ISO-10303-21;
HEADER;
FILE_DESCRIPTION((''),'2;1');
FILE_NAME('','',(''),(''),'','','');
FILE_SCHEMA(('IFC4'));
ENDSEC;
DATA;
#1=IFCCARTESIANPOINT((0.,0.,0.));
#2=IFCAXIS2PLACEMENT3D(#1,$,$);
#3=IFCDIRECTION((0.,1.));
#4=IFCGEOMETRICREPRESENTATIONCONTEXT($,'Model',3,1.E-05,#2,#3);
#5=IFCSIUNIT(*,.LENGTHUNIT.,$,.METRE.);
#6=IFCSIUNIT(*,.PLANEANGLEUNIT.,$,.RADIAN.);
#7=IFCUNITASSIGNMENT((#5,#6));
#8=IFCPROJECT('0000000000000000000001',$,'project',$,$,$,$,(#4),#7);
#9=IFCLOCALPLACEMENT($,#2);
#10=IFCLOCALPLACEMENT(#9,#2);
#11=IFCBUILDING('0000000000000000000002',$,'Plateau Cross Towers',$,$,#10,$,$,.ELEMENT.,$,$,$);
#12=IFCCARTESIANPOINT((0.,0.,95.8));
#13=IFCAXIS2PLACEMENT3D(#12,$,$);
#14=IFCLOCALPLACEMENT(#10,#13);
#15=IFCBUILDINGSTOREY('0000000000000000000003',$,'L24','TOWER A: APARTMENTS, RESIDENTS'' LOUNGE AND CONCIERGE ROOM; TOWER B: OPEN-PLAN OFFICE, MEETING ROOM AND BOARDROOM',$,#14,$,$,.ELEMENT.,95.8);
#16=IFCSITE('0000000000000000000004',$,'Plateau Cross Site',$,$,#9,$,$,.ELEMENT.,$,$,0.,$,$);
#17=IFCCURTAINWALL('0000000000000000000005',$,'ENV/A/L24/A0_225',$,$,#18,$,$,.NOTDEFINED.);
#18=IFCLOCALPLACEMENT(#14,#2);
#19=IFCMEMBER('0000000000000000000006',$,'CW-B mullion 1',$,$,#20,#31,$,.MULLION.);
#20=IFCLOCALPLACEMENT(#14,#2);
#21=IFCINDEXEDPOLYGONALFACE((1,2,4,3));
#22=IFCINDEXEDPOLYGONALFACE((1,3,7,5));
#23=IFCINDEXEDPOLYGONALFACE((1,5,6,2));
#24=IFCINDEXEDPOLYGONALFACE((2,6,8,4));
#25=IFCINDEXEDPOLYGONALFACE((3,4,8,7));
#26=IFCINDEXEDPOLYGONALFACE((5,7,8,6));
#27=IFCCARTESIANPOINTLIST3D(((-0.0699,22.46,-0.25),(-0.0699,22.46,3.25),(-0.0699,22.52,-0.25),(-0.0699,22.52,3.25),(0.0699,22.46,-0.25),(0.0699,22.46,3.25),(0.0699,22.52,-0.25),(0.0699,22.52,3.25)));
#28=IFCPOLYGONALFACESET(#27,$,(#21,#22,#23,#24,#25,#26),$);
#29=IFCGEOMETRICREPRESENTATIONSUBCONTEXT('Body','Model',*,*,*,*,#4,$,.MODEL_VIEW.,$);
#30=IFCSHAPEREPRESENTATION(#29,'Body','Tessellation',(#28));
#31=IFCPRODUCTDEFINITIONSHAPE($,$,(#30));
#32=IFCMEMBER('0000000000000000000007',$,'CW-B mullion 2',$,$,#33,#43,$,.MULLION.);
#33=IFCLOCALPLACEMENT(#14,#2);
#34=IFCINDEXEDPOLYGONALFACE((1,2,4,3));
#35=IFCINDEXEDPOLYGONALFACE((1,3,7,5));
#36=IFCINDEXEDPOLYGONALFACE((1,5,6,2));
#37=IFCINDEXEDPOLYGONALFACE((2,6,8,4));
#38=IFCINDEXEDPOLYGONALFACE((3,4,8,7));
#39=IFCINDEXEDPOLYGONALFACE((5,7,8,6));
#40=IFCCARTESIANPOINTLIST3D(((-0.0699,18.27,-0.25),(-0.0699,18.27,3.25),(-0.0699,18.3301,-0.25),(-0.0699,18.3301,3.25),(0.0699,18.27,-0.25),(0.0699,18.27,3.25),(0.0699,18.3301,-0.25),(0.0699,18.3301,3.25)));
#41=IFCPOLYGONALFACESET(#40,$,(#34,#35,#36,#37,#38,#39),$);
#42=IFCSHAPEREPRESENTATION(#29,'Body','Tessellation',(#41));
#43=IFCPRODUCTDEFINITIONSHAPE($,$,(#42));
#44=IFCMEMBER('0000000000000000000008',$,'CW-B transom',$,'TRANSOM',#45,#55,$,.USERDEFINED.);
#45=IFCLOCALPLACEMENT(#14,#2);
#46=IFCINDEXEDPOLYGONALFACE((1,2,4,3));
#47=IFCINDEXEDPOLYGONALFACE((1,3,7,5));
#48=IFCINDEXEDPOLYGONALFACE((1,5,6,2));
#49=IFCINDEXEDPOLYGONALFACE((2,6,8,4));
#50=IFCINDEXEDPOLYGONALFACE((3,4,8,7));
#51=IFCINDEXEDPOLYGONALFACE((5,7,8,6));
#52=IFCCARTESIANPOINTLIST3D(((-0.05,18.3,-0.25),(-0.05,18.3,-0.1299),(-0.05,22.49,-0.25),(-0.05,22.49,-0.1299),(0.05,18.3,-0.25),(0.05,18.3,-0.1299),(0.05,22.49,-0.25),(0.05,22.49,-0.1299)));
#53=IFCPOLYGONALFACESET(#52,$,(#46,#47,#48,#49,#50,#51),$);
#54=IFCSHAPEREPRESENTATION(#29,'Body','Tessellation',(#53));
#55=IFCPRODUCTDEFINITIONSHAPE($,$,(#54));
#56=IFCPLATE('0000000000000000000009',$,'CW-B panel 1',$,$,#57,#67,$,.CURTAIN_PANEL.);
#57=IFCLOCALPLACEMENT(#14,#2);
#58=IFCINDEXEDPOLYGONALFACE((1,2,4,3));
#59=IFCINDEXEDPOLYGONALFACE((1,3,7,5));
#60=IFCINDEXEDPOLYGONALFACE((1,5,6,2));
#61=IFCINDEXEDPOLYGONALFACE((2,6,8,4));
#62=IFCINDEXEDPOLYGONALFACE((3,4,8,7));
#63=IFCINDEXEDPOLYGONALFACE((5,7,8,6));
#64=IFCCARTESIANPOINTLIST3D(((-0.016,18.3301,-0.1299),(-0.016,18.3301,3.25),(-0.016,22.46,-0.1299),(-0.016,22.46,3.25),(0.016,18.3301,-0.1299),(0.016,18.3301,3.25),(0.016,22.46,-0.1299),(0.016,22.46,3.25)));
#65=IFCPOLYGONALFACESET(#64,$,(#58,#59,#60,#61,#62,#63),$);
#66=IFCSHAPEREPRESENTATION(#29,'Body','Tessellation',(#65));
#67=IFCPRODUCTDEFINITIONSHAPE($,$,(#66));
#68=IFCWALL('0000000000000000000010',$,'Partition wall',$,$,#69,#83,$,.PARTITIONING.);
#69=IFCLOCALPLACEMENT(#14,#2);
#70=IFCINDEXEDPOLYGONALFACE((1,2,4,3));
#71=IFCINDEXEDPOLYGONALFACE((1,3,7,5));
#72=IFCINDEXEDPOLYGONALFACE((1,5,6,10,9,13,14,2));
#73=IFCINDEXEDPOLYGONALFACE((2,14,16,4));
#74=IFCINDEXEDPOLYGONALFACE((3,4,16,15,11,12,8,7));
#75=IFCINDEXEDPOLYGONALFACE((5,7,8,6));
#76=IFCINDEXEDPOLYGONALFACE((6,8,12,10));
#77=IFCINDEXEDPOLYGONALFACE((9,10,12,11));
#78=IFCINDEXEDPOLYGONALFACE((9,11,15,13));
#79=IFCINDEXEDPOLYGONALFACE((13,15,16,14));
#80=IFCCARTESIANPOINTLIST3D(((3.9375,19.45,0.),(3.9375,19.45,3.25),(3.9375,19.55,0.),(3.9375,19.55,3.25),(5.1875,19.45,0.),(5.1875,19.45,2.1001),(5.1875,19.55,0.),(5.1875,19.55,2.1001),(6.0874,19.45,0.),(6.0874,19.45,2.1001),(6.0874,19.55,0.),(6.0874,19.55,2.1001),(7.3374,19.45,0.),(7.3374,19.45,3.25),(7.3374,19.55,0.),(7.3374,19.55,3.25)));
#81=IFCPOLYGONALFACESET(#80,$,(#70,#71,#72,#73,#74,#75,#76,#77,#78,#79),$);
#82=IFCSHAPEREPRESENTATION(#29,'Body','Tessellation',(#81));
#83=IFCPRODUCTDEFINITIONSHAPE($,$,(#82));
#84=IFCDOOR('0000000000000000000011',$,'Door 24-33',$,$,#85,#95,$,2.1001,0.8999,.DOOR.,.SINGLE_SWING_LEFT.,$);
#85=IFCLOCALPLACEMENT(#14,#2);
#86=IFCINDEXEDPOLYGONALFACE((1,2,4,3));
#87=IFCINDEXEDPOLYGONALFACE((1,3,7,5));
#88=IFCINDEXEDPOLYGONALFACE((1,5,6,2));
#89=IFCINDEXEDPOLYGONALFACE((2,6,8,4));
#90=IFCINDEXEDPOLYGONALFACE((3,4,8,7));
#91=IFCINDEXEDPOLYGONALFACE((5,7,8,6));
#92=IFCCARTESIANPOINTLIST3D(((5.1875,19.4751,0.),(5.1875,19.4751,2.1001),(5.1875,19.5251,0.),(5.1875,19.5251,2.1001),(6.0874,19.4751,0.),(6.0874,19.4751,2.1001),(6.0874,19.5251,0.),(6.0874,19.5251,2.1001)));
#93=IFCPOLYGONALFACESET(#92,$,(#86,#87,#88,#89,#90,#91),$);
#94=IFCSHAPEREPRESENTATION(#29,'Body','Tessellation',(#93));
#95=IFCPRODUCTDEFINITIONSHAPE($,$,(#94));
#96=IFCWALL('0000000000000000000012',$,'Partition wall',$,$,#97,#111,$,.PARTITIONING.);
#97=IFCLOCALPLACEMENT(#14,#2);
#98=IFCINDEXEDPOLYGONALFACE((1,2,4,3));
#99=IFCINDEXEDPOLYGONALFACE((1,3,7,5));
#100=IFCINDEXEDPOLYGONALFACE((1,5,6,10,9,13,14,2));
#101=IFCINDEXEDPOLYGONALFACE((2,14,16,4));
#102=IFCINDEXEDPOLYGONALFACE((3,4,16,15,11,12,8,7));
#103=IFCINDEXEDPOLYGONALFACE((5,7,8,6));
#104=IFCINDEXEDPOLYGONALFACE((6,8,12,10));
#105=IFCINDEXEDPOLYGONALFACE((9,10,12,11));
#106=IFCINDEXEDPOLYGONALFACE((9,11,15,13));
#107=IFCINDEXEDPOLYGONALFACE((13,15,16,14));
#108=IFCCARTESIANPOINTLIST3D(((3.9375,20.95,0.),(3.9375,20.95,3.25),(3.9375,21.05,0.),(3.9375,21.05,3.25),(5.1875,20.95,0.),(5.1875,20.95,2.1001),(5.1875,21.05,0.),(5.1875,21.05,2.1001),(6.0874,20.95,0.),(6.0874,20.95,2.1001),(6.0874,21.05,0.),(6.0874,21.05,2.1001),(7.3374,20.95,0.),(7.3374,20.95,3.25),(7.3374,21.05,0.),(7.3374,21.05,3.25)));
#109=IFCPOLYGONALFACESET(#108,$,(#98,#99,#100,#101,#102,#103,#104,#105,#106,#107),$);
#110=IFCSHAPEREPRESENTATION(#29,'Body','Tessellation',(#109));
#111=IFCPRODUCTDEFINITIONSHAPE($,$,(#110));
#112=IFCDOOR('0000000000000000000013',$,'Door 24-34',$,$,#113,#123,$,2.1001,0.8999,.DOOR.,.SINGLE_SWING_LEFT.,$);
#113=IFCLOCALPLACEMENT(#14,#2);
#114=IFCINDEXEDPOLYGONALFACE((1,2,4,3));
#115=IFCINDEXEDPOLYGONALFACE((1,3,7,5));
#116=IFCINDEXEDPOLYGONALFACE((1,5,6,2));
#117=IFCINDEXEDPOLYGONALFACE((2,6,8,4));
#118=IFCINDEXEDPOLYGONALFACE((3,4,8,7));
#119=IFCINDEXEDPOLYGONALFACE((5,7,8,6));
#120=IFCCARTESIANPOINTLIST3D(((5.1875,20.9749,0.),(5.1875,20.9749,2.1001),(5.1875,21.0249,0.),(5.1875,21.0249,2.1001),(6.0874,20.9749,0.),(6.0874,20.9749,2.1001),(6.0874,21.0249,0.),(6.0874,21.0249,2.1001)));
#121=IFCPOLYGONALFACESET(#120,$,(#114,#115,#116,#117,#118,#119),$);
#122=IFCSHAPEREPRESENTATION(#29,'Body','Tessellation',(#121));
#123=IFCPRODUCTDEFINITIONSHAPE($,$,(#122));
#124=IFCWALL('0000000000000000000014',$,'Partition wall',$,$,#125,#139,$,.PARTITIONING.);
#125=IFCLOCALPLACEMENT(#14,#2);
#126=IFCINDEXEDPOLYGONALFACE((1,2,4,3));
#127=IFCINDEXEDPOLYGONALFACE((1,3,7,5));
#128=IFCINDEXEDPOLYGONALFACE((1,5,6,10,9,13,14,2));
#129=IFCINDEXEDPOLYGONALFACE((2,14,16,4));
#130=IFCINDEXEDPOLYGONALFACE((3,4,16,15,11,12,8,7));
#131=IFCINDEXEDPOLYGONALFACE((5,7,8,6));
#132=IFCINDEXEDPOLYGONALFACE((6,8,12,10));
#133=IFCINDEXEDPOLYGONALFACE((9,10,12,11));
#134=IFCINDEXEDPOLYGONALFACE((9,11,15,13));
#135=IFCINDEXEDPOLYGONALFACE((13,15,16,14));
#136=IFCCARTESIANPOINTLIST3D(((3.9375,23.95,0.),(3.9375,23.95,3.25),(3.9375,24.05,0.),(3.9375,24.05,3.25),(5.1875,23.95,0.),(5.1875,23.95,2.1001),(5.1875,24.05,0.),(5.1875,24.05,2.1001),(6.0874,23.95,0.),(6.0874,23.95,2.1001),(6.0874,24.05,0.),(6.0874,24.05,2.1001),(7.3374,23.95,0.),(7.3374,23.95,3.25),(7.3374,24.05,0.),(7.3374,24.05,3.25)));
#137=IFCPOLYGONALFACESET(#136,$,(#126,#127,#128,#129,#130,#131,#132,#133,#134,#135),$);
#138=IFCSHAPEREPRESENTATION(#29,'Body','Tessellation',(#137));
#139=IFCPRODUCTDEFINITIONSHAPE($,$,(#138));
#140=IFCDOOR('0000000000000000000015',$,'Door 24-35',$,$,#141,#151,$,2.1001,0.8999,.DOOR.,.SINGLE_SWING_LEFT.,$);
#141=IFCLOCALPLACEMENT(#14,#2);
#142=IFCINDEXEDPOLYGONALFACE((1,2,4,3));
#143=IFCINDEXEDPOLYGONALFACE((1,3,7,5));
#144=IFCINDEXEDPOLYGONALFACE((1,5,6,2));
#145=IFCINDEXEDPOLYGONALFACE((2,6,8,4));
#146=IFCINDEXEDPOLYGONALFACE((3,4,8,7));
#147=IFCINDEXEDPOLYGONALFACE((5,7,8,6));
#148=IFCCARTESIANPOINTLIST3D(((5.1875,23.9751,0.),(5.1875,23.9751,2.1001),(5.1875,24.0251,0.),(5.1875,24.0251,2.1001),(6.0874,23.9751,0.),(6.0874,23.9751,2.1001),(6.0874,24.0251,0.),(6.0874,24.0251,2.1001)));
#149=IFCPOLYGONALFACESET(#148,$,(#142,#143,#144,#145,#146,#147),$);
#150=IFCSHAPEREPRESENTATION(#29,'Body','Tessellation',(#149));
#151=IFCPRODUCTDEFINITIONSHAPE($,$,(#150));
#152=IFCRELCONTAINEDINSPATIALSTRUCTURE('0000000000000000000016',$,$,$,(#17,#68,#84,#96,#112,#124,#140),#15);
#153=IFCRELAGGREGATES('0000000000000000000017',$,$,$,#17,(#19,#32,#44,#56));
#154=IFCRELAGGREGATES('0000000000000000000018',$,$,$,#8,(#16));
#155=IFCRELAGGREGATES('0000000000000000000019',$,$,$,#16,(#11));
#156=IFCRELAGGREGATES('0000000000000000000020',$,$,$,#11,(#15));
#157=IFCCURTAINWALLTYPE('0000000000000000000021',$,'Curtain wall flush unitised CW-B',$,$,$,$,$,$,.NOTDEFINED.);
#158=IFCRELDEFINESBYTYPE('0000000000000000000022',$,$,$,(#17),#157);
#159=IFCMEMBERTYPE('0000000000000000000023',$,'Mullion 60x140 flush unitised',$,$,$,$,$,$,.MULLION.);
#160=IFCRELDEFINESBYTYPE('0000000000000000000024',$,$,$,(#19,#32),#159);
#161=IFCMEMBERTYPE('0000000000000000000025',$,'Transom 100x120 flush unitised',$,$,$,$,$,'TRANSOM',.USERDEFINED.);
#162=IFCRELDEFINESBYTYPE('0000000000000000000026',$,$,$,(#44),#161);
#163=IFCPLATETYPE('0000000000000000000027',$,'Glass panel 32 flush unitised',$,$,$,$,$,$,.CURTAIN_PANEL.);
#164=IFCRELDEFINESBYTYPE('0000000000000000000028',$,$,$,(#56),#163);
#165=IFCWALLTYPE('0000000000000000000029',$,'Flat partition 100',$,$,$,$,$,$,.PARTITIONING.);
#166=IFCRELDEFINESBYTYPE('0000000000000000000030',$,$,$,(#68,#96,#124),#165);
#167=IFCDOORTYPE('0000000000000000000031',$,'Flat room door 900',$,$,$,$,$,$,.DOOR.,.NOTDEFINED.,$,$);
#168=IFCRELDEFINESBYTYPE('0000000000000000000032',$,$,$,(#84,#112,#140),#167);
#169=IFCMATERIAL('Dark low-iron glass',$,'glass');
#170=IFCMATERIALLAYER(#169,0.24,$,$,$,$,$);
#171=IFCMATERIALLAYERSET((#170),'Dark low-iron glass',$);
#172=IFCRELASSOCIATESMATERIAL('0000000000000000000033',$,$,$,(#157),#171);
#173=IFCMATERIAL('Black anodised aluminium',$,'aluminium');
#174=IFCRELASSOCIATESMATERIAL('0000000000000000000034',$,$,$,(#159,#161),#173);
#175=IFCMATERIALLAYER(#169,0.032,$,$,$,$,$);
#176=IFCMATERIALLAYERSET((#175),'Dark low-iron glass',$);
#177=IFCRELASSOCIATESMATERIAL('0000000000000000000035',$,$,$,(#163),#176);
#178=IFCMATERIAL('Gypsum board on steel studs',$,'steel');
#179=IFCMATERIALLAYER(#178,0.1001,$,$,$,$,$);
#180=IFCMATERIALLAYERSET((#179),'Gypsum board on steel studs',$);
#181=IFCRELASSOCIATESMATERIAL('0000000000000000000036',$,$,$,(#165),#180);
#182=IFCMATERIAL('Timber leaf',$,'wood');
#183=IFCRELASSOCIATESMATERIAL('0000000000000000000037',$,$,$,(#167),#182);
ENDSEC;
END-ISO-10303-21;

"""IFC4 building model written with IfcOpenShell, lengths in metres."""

from ifc_helpers import new_model, si_unit, direction, frame, frame_2d, origin, origin_2d, place, context, subcontext, project, spatial, rectangle, extrude, material, layer, layer_set, material_profile, profile_set, type_object, element, fill, aggregate, save


model = new_model("IFC4")

# Units and contexts
model_context = context("Model", 3, precision=1e-05, world=origin(), true_north=direction((0.0, 1.0)))
body_context = subcontext(model_context, "Body", "Model", "MODEL_VIEW")
ifc_project = project(units=[si_unit("LENGTHUNIT", "METRE"), si_unit("PLANEANGLEUNIT", "RADIAN")], contexts=[model_context])

# Site, building, storey
site_placement = place(None, origin())
site = spatial("IfcSite", under=ifc_project, at=site_placement, Name="Plateau Cross Site", CompositionType="ELEMENT", RefElevation=0.0)
building_placement = place(site_placement, origin())
building = spatial("IfcBuilding", under=site, at=building_placement, Name="Plateau Cross Towers", CompositionType="ELEMENT")
storey_placement = place(building_placement, frame((0.0, 0.0, 95.8)))
storey = spatial("IfcBuildingStorey", under=building, at=storey_placement, Name="L24", Description="TOWER A: APARTMENTS, RESIDENTS' LOUNGE AND CONCIERGE ROOM; TOWER B: OPEN-PLAN OFFICE, MEETING ROOM AND BOARDROOM", CompositionType="ELEMENT", Elevation=95.8)

# Curtain wall, members, plate
ifc_material_1 = material(Name="Dark low-iron glass", Category="glass")
ifc_layer_1 = layer(ifc_material_1, 0.24)
ifc_layer_set_1 = layer_set([ifc_layer_1], Name="Dark low-iron glass")
curtain_wall_type = type_object("IfcCurtainWallType", Name="Curtain wall flush unitised CW-B", PredefinedType="NOTDEFINED", material=ifc_layer_set_1)
curtain_wall_placement = place(storey_placement, origin())
curtain_wall = element("IfcCurtainWall", 1, at=curtain_wall_placement, inside=storey, type_object=curtain_wall_type, Name="ENV/A/L24/A0_225", PredefinedType="NOTDEFINED")
ifc_material_2 = material(Name="Black anodised aluminium", Category="aluminium")
ifc_material_profile_1 = material_profile(ifc_material_2, rectangle(XDim=0.0601, YDim=0.1399, at=origin_2d()), Name="MULLION 60x140")
ifc_profile_set_1 = profile_set([ifc_material_profile_1], Name="Black anodised aluminium")
member_type_1 = type_object("IfcMemberType", Name="Mullion 60x140 flush unitised", PredefinedType="MULLION", material=ifc_profile_set_1)
member_1_placement = place(storey_placement, frame((0.0, 22.49, -0.25), z_axis=(0.0, 0.0, 1.0), x_axis=(0.0, -1.0, 0.0)))
member_1 = element("IfcMember", 2, at=member_1_placement, type_object=member_type_1, Name="CW-B mullion 1", PredefinedType="MULLION", context=body_context, shape_type="SweptSolid", body=[
    extrude(rectangle(XDim=0.0601, YDim=0.1399, at=origin_2d()), origin(), (0.0, 0.0, 1.0), 3.5),
])
member_2_placement = place(storey_placement, frame((0.0, 18.3, -0.25), z_axis=(0.0, 0.0, 1.0), x_axis=(0.0, -1.0, 0.0)))
member_2 = element("IfcMember", 3, at=member_2_placement, type_object=member_type_1, Name="CW-B mullion 2", PredefinedType="MULLION", context=body_context, shape_type="SweptSolid", body=[
    extrude(rectangle(XDim=0.0601, YDim=0.1399, at=origin_2d()), origin(), (0.0, 0.0, 1.0), 3.5),
])
ifc_material_profile_2 = material_profile(ifc_material_2, rectangle(XDim=0.1001, YDim=0.1201, at=origin_2d()), Name="TRANSOM 100x120")
ifc_profile_set_2 = profile_set([ifc_material_profile_2], Name="Black anodised aluminium")
member_type_2 = type_object("IfcMemberType", Name="Transom 100x120 flush unitised", ElementType="TRANSOM", PredefinedType="USERDEFINED", material=ifc_profile_set_2)
member_3_placement = place(storey_placement, frame((0.0, 22.49, -0.1899), z_axis=(0.0, -1.0, 0.0), x_axis=(1.0, 0.0, 0.0)))
member_3 = element("IfcMember", 4, at=member_3_placement, type_object=member_type_2, Name="CW-B transom", ObjectType="TRANSOM", PredefinedType="USERDEFINED", context=body_context, shape_type="SweptSolid", body=[
    extrude(rectangle(XDim=0.1001, YDim=0.1201, at=origin_2d()), origin(), (0.0, 0.0, 1.0), 4.1899),
])
ifc_layer_2 = layer(ifc_material_1, 0.032)
ifc_layer_set_2 = layer_set([ifc_layer_2], Name="Dark low-iron glass")
plate_type = type_object("IfcPlateType", Name="Glass panel 32 flush unitised", PredefinedType="CURTAIN_PANEL", material=ifc_layer_set_2)
plate_placement = place(storey_placement, frame((0.0, 20.395, -0.1299), z_axis=(0.0, 0.0, 1.0), x_axis=(0.0, -1.0, 0.0)))
plate = element("IfcPlate", 5, at=plate_placement, type_object=plate_type, Name="CW-B panel 1", PredefinedType="CURTAIN_PANEL", context=body_context, shape_type="SweptSolid", body=[
    extrude(rectangle(XDim=4.1299, YDim=0.032, at=origin_2d()), origin(), (0.0, 0.0, 1.0), 3.3799),
])
aggregate(curtain_wall, [member_1, member_2, member_3, plate])

# Walls, openings, doors
ifc_material_3 = material(Name="Gypsum board on steel studs", Category="steel")
ifc_layer_3 = layer(ifc_material_3, 0.1001)
ifc_layer_set_3 = layer_set([ifc_layer_3], Name="Gypsum board on steel studs")
wall_type_1 = type_object("IfcWallType", Name="Flat partition 100", PredefinedType="PARTITIONING", material=ifc_layer_set_3)
wall_1_placement = place(storey_placement, frame((7.3374, 19.5, 0.0), z_axis=(0.0, 0.0, 1.0), x_axis=(-1.0, 0.0, 0.0)))
wall_1 = element("IfcWall", 6, at=wall_1_placement, inside=storey, type_object=wall_type_1, Name="Partition wall", PredefinedType="PARTITIONING", context=body_context, shape_type="SweptSolid", body=[
    extrude(rectangle(XDim=3.3999, YDim=0.1001, at=frame_2d((1.7, 0.0))), origin(), (0.0, 0.0, 1.0), 3.25),
])
opening_1_placement = place(wall_1_placement, frame((1.25, 0.0, 0.0)))
opening_1 = element("IfcOpeningElement", 7, at=opening_1_placement, cuts=wall_1, PredefinedType="OPENING", context=body_context, shape_type="SweptSolid", body=[
    extrude(rectangle(XDim=0.8999, YDim=2.1001, at=frame_2d((0.45, 1.05))), frame((0.0, 0.0601, 0.0), z_axis=(0.0, -1.0, 0.0), x_axis=(1.0, 0.0, 0.0)), (0.0, 0.0, 1.0), 0.1201),
])
ifc_material_4 = material(Name="Timber leaf", Category="wood")
door_type_1 = type_object("IfcDoorType", Name="Flat room door 900", OperationType="NOTDEFINED", PredefinedType="DOOR", material=ifc_material_4)
door_1_placement = place(opening_1_placement, origin())
door_1 = element("IfcDoor", 8, at=door_1_placement, inside=storey, type_object=door_type_1, Name="Door 24-33", OperationType="SINGLE_SWING_LEFT", OverallHeight=2.1001, OverallWidth=0.8999, PredefinedType="DOOR", context=body_context, shape_type="SweptSolid", body=[
    extrude(rectangle(XDim=0.8999, YDim=2.1001, at=frame_2d((0.45, 1.05))), frame((0.0, 0.0249, 0.0), z_axis=(0.0, -1.0, 0.0), x_axis=(1.0, 0.0, 0.0)), (0.0, 0.0, 1.0), 0.05),
])
fill(opening_1, door_1)
wall_2_placement = place(storey_placement, frame((3.9375, 21.0, 0.0), z_axis=(0.0, 0.0, 1.0), x_axis=(1.0, 0.0, 0.0)))
wall_2 = element("IfcWall", 9, at=wall_2_placement, inside=storey, type_object=wall_type_1, Name="Partition wall", PredefinedType="PARTITIONING", context=body_context, shape_type="SweptSolid", body=[
    extrude(rectangle(XDim=3.3999, YDim=0.1001, at=frame_2d((1.7, 0.0))), origin(), (0.0, 0.0, 1.0), 3.25),
])
opening_2_placement = place(wall_2_placement, frame((1.25, 0.0, 0.0)))
opening_2 = element("IfcOpeningElement", 10, at=opening_2_placement, cuts=wall_2, PredefinedType="OPENING", context=body_context, shape_type="SweptSolid", body=[
    extrude(rectangle(XDim=0.8999, YDim=2.1001, at=frame_2d((0.45, 1.05))), frame((0.0, 0.0601, 0.0), z_axis=(0.0, -1.0, 0.0), x_axis=(1.0, 0.0, 0.0)), (0.0, 0.0, 1.0), 0.1201),
])
door_2_placement = place(opening_2_placement, origin())
door_2 = element("IfcDoor", 11, at=door_2_placement, inside=storey, type_object=door_type_1, Name="Door 24-34", OperationType="SINGLE_SWING_LEFT", OverallHeight=2.1001, OverallWidth=0.8999, PredefinedType="DOOR", context=body_context, shape_type="SweptSolid", body=[
    extrude(rectangle(XDim=0.8999, YDim=2.1001, at=frame_2d((0.45, 1.05))), frame((0.0, 0.0249, 0.0), z_axis=(0.0, -1.0, 0.0), x_axis=(1.0, 0.0, 0.0)), (0.0, 0.0, 1.0), 0.05),
])
fill(opening_2, door_2)
wall_3_placement = place(storey_placement, frame((7.3374, 24.0, 0.0), z_axis=(0.0, 0.0, 1.0), x_axis=(-1.0, 0.0, 0.0)))
wall_3 = element("IfcWall", 12, at=wall_3_placement, inside=storey, type_object=wall_type_1, Name="Partition wall", PredefinedType="PARTITIONING", context=body_context, shape_type="SweptSolid", body=[
    extrude(rectangle(XDim=3.3999, YDim=0.1001, at=frame_2d((1.7, 0.0))), origin(), (0.0, 0.0, 1.0), 3.25),
])
opening_3_placement = place(wall_3_placement, frame((1.25, 0.0, 0.0)))
opening_3 = element("IfcOpeningElement", 13, at=opening_3_placement, cuts=wall_3, PredefinedType="OPENING", context=body_context, shape_type="SweptSolid", body=[
    extrude(rectangle(XDim=0.8999, YDim=2.1001, at=frame_2d((0.45, 1.05))), frame((0.0, 0.0601, 0.0), z_axis=(0.0, -1.0, 0.0), x_axis=(1.0, 0.0, 0.0)), (0.0, 0.0, 1.0), 0.1201),
])
door_3_placement = place(opening_3_placement, origin())
door_3 = element("IfcDoor", 14, at=door_3_placement, inside=storey, type_object=door_type_1, Name="Door 24-35", OperationType="SINGLE_SWING_LEFT", OverallHeight=2.1001, OverallWidth=0.8999, PredefinedType="DOOR", context=body_context, shape_type="SweptSolid", body=[
    extrude(rectangle(XDim=0.8999, YDim=2.1001, at=frame_2d((0.45, 1.05))), frame((0.0, 0.0249, 0.0), z_axis=(0.0, -1.0, 0.0), x_axis=(1.0, 0.0, 0.0)), (0.0, 0.0, 1.0), 0.05),
])
fill(opening_3, door_3)

save(model, "model.ifc")
